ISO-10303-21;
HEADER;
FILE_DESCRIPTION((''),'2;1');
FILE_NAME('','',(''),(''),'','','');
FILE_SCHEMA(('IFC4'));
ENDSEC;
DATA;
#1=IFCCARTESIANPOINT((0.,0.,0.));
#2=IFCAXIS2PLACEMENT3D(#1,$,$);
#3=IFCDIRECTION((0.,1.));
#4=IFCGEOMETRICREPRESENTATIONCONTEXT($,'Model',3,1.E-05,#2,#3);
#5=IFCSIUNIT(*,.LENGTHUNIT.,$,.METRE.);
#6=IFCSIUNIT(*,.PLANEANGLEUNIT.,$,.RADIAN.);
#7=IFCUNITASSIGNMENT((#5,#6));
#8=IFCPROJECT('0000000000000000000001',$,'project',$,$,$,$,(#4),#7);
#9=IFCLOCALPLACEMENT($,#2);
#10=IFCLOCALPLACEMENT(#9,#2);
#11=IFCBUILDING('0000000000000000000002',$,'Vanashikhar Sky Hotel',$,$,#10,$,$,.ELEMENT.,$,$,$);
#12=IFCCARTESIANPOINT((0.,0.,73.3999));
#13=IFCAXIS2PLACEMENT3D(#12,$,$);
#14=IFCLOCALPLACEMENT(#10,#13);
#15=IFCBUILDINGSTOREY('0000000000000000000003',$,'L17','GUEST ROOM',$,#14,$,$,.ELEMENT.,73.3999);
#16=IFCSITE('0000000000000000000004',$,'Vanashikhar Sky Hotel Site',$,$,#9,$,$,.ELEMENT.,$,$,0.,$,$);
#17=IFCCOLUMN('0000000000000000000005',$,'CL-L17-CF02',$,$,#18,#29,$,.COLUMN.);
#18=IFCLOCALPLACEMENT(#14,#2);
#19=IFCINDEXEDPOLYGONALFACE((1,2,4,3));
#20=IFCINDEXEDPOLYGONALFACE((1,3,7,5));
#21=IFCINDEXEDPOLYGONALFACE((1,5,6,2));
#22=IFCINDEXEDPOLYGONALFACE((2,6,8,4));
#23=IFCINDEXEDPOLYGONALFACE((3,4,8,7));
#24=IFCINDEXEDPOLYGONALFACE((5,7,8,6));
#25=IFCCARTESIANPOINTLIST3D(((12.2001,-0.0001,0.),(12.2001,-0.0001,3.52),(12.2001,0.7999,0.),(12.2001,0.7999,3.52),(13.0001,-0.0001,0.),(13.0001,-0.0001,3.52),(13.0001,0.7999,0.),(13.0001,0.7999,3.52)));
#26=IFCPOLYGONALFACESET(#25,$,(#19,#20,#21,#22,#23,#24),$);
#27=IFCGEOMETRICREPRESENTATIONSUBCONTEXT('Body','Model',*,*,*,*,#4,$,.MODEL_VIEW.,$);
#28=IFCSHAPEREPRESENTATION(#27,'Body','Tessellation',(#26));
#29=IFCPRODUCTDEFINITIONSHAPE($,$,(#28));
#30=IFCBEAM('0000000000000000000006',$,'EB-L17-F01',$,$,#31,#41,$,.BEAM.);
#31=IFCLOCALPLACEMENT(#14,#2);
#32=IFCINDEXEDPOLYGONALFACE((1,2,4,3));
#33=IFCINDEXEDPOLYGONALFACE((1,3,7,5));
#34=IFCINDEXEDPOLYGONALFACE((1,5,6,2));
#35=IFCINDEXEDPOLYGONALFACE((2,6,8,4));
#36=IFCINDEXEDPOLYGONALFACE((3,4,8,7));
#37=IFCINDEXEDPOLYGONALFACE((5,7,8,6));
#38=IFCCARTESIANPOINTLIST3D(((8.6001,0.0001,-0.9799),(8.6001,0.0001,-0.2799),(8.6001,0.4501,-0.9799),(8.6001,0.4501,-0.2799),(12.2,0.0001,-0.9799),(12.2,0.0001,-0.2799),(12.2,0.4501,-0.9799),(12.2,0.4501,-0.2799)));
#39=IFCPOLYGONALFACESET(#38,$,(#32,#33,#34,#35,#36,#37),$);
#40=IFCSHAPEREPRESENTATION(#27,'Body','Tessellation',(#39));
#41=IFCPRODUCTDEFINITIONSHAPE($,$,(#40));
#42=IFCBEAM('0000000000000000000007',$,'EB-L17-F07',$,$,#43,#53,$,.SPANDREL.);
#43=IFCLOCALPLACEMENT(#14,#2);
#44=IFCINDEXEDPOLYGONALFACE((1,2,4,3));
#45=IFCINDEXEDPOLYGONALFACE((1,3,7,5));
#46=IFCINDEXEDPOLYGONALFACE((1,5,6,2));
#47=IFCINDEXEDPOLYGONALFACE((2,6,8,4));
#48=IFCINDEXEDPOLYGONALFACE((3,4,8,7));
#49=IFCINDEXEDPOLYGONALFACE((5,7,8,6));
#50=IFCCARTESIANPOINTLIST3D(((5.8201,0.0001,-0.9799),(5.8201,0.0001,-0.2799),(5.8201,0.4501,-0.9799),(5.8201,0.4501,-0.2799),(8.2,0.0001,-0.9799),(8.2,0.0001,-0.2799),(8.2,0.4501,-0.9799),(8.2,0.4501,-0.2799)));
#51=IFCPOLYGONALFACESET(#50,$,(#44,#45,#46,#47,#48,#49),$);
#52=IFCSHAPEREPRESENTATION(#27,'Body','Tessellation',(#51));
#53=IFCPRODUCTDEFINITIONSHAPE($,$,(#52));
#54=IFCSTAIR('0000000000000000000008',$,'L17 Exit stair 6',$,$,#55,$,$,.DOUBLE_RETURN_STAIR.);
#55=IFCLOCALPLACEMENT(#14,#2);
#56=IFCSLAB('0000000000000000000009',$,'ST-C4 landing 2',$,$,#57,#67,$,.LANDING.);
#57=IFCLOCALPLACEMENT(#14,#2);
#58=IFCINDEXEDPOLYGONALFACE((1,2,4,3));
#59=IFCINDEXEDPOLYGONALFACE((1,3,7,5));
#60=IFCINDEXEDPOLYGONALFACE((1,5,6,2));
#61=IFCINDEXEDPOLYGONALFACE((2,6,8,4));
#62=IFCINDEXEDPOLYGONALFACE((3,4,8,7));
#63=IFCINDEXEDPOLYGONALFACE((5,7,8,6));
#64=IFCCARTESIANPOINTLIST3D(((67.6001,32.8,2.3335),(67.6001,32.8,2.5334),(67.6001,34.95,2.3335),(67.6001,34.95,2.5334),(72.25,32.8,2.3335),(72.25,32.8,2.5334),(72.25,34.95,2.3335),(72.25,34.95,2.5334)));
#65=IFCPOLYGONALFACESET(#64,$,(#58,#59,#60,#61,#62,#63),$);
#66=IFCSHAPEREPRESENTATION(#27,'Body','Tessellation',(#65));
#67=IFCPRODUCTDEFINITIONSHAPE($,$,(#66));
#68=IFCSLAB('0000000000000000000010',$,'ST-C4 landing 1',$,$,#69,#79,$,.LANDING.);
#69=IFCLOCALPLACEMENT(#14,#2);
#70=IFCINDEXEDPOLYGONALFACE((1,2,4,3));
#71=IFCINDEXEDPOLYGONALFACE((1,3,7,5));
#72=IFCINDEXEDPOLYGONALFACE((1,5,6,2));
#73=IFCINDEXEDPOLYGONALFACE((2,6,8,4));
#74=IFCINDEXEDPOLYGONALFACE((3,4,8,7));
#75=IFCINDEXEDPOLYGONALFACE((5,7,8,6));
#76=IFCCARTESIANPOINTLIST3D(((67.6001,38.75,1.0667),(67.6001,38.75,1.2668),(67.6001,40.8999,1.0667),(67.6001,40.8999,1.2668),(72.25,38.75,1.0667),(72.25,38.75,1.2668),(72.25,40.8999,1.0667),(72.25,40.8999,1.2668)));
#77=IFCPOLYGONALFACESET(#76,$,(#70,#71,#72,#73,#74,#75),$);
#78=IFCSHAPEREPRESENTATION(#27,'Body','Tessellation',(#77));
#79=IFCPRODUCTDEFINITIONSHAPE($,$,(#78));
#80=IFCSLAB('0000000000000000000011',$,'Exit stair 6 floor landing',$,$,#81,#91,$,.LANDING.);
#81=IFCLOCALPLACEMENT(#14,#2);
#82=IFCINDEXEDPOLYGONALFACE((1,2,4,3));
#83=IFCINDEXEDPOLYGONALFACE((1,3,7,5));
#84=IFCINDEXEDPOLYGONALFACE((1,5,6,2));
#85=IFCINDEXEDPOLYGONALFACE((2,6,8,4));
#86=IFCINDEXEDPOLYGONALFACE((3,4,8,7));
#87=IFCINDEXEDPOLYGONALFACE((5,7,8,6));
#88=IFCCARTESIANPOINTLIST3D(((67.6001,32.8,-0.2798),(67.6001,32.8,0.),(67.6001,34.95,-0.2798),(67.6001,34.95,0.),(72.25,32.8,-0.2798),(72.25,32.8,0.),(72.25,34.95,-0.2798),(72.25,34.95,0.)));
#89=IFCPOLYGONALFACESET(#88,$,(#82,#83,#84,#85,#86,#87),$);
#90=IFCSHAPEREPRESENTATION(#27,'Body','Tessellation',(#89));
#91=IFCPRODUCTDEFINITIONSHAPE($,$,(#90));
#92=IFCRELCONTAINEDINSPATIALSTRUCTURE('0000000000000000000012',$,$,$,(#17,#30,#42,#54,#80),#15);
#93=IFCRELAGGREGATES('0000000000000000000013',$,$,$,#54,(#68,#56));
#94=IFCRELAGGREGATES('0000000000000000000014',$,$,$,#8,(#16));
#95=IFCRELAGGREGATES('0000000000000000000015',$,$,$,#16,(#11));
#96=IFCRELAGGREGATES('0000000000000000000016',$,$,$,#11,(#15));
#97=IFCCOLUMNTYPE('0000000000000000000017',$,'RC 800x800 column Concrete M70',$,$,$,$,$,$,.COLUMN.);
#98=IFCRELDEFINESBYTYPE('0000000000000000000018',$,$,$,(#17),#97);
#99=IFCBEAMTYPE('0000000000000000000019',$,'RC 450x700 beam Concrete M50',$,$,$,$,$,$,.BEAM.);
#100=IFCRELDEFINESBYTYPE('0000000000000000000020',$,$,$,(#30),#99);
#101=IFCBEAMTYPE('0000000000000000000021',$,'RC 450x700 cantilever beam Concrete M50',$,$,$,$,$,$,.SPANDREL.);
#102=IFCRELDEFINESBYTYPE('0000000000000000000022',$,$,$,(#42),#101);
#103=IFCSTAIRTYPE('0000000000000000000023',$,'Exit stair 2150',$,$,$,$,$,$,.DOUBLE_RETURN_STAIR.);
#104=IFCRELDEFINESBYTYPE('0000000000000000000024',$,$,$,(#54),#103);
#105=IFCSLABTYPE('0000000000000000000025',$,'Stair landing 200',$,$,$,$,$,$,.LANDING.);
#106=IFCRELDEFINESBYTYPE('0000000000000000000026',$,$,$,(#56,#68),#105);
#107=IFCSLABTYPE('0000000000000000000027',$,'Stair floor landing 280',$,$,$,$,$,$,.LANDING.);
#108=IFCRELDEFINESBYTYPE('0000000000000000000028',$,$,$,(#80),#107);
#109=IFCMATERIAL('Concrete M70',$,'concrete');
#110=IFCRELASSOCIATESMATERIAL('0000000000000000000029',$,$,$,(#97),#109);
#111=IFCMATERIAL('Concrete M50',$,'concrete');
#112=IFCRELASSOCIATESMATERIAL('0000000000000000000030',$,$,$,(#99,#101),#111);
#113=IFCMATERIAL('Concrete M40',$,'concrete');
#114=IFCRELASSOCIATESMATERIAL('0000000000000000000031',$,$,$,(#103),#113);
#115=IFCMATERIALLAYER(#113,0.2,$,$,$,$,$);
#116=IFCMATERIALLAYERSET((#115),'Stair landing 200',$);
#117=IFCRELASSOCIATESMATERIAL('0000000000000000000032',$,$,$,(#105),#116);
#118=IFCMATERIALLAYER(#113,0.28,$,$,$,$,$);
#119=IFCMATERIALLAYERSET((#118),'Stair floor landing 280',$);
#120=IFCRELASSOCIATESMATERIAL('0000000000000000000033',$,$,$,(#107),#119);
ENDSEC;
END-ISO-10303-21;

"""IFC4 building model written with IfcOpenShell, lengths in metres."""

from ifc_helpers import new_model, si_unit, direction, frame, origin, origin_2d, place, context, subcontext, project, spatial, polyline, rectangle, outline, extrude, source, transform, mapped, material, layer, layer_set, material_profile, profile_set, type_object, element, aggregate, save


model = new_model("IFC4")

# Units and contexts
model_context = context("Model", 3, precision=1e-05, world=origin(), true_north=direction((0.0, 1.0)))
body_context = subcontext(model_context, "Body", "Model", "MODEL_VIEW")
ifc_project = project(units=[si_unit("LENGTHUNIT", "METRE"), si_unit("PLANEANGLEUNIT", "RADIAN")], contexts=[model_context])

# Site, building, storey
site_placement = place(None, origin())
site = spatial("IfcSite", under=ifc_project, at=site_placement, Name="Vanashikhar Sky Hotel Site", CompositionType="ELEMENT", RefElevation=0.0)
building_placement = place(site_placement, origin())
building = spatial("IfcBuilding", under=site, at=building_placement, Name="Vanashikhar Sky Hotel", CompositionType="ELEMENT")
storey_placement = place(building_placement, frame((0.0, 0.0, 73.3999)))
storey = spatial("IfcBuildingStorey", under=building, at=storey_placement, Name="L17", Description="GUEST ROOM", CompositionType="ELEMENT", Elevation=73.3999)

# Column
ifc_material_1 = material(Name="Concrete M70", Category="concrete")
ifc_material_profile_1 = material_profile(ifc_material_1, rectangle(XDim=0.8, YDim=0.8, at=origin_2d()))
ifc_profile_set_1 = profile_set([ifc_material_profile_1], Name="RC 800x800 column Concrete M70")
column_type = type_object("IfcColumnType", Name="RC 800x800 column Concrete M70", PredefinedType="COLUMN", material=ifc_profile_set_1)
shared_shape_1 = source(origin(), body_context, "Body", "SweptSolid", [
    extrude(rectangle(XDim=0.8, YDim=0.8, at=origin_2d()), origin(), (0.0, 0.0, 1.0), 3.52),
])
column_placement = place(storey_placement, frame((12.6001, 0.3999, 0.0), z_axis=(0.0, 0.0, 1.0), x_axis=(1.0, 0.0, 0.0)))
element("IfcColumn", 1, at=column_placement, inside=storey, type_object=column_type, Name="CL-L17-CF02", PredefinedType="COLUMN", context=body_context, shape_type="MappedRepresentation", body=[
    mapped(shared_shape_1, transform((0.0, 0.0, 0.0), scale=1.0)),
])

# Beams
ifc_material_2 = material(Name="Concrete M50", Category="concrete")
ifc_material_profile_2 = material_profile(ifc_material_2, rectangle(XDim=0.45, YDim=0.7, at=origin_2d()))
ifc_profile_set_2 = profile_set([ifc_material_profile_2], Name="RC 450x700 beam Concrete M50")
beam_type_1 = type_object("IfcBeamType", Name="RC 450x700 beam Concrete M50", PredefinedType="BEAM", material=ifc_profile_set_2)
shared_shape_2 = source(origin(), body_context, "Body", "SweptSolid", [
    extrude(rectangle(XDim=0.45, YDim=0.7, at=origin_2d()), origin(), (0.0, 0.0, 1.0), 3.5999),
])
beam_1_placement = place(storey_placement, frame((8.6001, 0.2251, -0.6299), z_axis=(1.0, 0.0, 0.0), x_axis=(0.0, 1.0, 0.0)))
element("IfcBeam", 2, at=beam_1_placement, inside=storey, type_object=beam_type_1, Name="EB-L17-F01", PredefinedType="BEAM", context=body_context, shape_type="MappedRepresentation", body=[
    mapped(shared_shape_2, transform((0.0, 0.0, 0.0), scale=1.0)),
])
ifc_material_profile_3 = material_profile(ifc_material_2, rectangle(XDim=0.45, YDim=0.7, at=origin_2d()))
ifc_profile_set_3 = profile_set([ifc_material_profile_3], Name="RC 450x700 cantilever beam Concrete M50")
beam_type_2 = type_object("IfcBeamType", Name="RC 450x700 cantilever beam Concrete M50", PredefinedType="SPANDREL", material=ifc_profile_set_3)
shared_shape_3 = source(origin(), body_context, "Body", "SweptSolid", [
    extrude(rectangle(XDim=0.45, YDim=0.7, at=origin_2d()), origin(), (0.0, 0.0, 1.0), 2.3799),
])
beam_2_placement = place(storey_placement, frame((5.8201, 0.2251, -0.6299), z_axis=(1.0, 0.0, 0.0), x_axis=(0.0, 1.0, 0.0)))
element("IfcBeam", 3, at=beam_2_placement, inside=storey, type_object=beam_type_2, Name="EB-L17-F07", PredefinedType="SPANDREL", context=body_context, shape_type="MappedRepresentation", body=[
    mapped(shared_shape_3, transform((0.0, 0.0, 0.0), scale=1.0)),
])

# Stair, slabs
ifc_material_3 = material(Name="Concrete M40", Category="concrete")
stair_type = type_object("IfcStairType", Name="Exit stair 2150", PredefinedType="DOUBLE_RETURN_STAIR", material=ifc_material_3)
stair_placement = place(storey_placement, origin())
stair = element("IfcStair", 4, at=stair_placement, inside=storey, type_object=stair_type, Name="L17 Exit stair 6", PredefinedType="DOUBLE_RETURN_STAIR")
ifc_layer_1 = layer(ifc_material_3, 0.2)
ifc_layer_set_1 = layer_set([ifc_layer_1], Name="Stair landing 200")
slab_type_1 = type_object("IfcSlabType", Name="Stair landing 200", PredefinedType="LANDING", material=ifc_layer_set_1)
shared_shape_4 = source(origin(), body_context, "Body", "SweptSolid", [
    extrude(outline(polyline([(72.25, 32.8), (72.25, 34.95), (67.6001, 34.95), (67.6001, 32.8), (72.25, 32.8)])), origin(), (0.0, 0.0, 1.0), 0.2),
])
slab_1_placement = place(storey_placement, frame((0.0, 0.0, 2.3335)))
slab_1 = element("IfcSlab", 5, at=slab_1_placement, type_object=slab_type_1, Name="ST-C4 landing 2", PredefinedType="LANDING", context=body_context, shape_type="MappedRepresentation", body=[
    mapped(shared_shape_4, transform((0.0, 0.0, 0.0), scale=1.0)),
])
shared_shape_5 = source(origin(), body_context, "Body", "SweptSolid", [
    extrude(outline(polyline([(72.25, 38.75), (72.25, 40.8999), (67.6001, 40.8999), (67.6001, 38.75), (72.25, 38.75)])), origin(), (0.0, 0.0, 1.0), 0.2002),
])
slab_2_placement = place(storey_placement, frame((0.0, 0.0, 1.0667)))
slab_2 = element("IfcSlab", 6, at=slab_2_placement, type_object=slab_type_1, Name="ST-C4 landing 1", PredefinedType="LANDING", context=body_context, shape_type="MappedRepresentation", body=[
    mapped(shared_shape_5, transform((0.0, 0.0, 0.0), scale=1.0)),
])
aggregate(stair, [slab_2, slab_1])

# Slab
ifc_layer_2 = layer(ifc_material_3, 0.28)
ifc_layer_set_2 = layer_set([ifc_layer_2], Name="Stair floor landing 280")
slab_type_2 = type_object("IfcSlabType", Name="Stair floor landing 280", PredefinedType="LANDING", material=ifc_layer_set_2)
shared_shape_6 = source(origin(), body_context, "Body", "SweptSolid", [
    extrude(outline(polyline([(72.25, 32.8), (72.25, 34.95), (67.6001, 34.95), (67.6001, 32.8), (72.25, 32.8)])), origin(), (0.0, 0.0, 1.0), 0.2798),
])
slab_3_placement = place(storey_placement, frame((0.0, 0.0, -0.2798)))
element("IfcSlab", 7, at=slab_3_placement, inside=storey, type_object=slab_type_2, Name="Exit stair 6 floor landing", PredefinedType="LANDING", context=body_context, shape_type="MappedRepresentation", body=[
    mapped(shared_shape_6, transform((0.0, 0.0, 0.0), scale=1.0)),
])

save(model, "model.ifc")
